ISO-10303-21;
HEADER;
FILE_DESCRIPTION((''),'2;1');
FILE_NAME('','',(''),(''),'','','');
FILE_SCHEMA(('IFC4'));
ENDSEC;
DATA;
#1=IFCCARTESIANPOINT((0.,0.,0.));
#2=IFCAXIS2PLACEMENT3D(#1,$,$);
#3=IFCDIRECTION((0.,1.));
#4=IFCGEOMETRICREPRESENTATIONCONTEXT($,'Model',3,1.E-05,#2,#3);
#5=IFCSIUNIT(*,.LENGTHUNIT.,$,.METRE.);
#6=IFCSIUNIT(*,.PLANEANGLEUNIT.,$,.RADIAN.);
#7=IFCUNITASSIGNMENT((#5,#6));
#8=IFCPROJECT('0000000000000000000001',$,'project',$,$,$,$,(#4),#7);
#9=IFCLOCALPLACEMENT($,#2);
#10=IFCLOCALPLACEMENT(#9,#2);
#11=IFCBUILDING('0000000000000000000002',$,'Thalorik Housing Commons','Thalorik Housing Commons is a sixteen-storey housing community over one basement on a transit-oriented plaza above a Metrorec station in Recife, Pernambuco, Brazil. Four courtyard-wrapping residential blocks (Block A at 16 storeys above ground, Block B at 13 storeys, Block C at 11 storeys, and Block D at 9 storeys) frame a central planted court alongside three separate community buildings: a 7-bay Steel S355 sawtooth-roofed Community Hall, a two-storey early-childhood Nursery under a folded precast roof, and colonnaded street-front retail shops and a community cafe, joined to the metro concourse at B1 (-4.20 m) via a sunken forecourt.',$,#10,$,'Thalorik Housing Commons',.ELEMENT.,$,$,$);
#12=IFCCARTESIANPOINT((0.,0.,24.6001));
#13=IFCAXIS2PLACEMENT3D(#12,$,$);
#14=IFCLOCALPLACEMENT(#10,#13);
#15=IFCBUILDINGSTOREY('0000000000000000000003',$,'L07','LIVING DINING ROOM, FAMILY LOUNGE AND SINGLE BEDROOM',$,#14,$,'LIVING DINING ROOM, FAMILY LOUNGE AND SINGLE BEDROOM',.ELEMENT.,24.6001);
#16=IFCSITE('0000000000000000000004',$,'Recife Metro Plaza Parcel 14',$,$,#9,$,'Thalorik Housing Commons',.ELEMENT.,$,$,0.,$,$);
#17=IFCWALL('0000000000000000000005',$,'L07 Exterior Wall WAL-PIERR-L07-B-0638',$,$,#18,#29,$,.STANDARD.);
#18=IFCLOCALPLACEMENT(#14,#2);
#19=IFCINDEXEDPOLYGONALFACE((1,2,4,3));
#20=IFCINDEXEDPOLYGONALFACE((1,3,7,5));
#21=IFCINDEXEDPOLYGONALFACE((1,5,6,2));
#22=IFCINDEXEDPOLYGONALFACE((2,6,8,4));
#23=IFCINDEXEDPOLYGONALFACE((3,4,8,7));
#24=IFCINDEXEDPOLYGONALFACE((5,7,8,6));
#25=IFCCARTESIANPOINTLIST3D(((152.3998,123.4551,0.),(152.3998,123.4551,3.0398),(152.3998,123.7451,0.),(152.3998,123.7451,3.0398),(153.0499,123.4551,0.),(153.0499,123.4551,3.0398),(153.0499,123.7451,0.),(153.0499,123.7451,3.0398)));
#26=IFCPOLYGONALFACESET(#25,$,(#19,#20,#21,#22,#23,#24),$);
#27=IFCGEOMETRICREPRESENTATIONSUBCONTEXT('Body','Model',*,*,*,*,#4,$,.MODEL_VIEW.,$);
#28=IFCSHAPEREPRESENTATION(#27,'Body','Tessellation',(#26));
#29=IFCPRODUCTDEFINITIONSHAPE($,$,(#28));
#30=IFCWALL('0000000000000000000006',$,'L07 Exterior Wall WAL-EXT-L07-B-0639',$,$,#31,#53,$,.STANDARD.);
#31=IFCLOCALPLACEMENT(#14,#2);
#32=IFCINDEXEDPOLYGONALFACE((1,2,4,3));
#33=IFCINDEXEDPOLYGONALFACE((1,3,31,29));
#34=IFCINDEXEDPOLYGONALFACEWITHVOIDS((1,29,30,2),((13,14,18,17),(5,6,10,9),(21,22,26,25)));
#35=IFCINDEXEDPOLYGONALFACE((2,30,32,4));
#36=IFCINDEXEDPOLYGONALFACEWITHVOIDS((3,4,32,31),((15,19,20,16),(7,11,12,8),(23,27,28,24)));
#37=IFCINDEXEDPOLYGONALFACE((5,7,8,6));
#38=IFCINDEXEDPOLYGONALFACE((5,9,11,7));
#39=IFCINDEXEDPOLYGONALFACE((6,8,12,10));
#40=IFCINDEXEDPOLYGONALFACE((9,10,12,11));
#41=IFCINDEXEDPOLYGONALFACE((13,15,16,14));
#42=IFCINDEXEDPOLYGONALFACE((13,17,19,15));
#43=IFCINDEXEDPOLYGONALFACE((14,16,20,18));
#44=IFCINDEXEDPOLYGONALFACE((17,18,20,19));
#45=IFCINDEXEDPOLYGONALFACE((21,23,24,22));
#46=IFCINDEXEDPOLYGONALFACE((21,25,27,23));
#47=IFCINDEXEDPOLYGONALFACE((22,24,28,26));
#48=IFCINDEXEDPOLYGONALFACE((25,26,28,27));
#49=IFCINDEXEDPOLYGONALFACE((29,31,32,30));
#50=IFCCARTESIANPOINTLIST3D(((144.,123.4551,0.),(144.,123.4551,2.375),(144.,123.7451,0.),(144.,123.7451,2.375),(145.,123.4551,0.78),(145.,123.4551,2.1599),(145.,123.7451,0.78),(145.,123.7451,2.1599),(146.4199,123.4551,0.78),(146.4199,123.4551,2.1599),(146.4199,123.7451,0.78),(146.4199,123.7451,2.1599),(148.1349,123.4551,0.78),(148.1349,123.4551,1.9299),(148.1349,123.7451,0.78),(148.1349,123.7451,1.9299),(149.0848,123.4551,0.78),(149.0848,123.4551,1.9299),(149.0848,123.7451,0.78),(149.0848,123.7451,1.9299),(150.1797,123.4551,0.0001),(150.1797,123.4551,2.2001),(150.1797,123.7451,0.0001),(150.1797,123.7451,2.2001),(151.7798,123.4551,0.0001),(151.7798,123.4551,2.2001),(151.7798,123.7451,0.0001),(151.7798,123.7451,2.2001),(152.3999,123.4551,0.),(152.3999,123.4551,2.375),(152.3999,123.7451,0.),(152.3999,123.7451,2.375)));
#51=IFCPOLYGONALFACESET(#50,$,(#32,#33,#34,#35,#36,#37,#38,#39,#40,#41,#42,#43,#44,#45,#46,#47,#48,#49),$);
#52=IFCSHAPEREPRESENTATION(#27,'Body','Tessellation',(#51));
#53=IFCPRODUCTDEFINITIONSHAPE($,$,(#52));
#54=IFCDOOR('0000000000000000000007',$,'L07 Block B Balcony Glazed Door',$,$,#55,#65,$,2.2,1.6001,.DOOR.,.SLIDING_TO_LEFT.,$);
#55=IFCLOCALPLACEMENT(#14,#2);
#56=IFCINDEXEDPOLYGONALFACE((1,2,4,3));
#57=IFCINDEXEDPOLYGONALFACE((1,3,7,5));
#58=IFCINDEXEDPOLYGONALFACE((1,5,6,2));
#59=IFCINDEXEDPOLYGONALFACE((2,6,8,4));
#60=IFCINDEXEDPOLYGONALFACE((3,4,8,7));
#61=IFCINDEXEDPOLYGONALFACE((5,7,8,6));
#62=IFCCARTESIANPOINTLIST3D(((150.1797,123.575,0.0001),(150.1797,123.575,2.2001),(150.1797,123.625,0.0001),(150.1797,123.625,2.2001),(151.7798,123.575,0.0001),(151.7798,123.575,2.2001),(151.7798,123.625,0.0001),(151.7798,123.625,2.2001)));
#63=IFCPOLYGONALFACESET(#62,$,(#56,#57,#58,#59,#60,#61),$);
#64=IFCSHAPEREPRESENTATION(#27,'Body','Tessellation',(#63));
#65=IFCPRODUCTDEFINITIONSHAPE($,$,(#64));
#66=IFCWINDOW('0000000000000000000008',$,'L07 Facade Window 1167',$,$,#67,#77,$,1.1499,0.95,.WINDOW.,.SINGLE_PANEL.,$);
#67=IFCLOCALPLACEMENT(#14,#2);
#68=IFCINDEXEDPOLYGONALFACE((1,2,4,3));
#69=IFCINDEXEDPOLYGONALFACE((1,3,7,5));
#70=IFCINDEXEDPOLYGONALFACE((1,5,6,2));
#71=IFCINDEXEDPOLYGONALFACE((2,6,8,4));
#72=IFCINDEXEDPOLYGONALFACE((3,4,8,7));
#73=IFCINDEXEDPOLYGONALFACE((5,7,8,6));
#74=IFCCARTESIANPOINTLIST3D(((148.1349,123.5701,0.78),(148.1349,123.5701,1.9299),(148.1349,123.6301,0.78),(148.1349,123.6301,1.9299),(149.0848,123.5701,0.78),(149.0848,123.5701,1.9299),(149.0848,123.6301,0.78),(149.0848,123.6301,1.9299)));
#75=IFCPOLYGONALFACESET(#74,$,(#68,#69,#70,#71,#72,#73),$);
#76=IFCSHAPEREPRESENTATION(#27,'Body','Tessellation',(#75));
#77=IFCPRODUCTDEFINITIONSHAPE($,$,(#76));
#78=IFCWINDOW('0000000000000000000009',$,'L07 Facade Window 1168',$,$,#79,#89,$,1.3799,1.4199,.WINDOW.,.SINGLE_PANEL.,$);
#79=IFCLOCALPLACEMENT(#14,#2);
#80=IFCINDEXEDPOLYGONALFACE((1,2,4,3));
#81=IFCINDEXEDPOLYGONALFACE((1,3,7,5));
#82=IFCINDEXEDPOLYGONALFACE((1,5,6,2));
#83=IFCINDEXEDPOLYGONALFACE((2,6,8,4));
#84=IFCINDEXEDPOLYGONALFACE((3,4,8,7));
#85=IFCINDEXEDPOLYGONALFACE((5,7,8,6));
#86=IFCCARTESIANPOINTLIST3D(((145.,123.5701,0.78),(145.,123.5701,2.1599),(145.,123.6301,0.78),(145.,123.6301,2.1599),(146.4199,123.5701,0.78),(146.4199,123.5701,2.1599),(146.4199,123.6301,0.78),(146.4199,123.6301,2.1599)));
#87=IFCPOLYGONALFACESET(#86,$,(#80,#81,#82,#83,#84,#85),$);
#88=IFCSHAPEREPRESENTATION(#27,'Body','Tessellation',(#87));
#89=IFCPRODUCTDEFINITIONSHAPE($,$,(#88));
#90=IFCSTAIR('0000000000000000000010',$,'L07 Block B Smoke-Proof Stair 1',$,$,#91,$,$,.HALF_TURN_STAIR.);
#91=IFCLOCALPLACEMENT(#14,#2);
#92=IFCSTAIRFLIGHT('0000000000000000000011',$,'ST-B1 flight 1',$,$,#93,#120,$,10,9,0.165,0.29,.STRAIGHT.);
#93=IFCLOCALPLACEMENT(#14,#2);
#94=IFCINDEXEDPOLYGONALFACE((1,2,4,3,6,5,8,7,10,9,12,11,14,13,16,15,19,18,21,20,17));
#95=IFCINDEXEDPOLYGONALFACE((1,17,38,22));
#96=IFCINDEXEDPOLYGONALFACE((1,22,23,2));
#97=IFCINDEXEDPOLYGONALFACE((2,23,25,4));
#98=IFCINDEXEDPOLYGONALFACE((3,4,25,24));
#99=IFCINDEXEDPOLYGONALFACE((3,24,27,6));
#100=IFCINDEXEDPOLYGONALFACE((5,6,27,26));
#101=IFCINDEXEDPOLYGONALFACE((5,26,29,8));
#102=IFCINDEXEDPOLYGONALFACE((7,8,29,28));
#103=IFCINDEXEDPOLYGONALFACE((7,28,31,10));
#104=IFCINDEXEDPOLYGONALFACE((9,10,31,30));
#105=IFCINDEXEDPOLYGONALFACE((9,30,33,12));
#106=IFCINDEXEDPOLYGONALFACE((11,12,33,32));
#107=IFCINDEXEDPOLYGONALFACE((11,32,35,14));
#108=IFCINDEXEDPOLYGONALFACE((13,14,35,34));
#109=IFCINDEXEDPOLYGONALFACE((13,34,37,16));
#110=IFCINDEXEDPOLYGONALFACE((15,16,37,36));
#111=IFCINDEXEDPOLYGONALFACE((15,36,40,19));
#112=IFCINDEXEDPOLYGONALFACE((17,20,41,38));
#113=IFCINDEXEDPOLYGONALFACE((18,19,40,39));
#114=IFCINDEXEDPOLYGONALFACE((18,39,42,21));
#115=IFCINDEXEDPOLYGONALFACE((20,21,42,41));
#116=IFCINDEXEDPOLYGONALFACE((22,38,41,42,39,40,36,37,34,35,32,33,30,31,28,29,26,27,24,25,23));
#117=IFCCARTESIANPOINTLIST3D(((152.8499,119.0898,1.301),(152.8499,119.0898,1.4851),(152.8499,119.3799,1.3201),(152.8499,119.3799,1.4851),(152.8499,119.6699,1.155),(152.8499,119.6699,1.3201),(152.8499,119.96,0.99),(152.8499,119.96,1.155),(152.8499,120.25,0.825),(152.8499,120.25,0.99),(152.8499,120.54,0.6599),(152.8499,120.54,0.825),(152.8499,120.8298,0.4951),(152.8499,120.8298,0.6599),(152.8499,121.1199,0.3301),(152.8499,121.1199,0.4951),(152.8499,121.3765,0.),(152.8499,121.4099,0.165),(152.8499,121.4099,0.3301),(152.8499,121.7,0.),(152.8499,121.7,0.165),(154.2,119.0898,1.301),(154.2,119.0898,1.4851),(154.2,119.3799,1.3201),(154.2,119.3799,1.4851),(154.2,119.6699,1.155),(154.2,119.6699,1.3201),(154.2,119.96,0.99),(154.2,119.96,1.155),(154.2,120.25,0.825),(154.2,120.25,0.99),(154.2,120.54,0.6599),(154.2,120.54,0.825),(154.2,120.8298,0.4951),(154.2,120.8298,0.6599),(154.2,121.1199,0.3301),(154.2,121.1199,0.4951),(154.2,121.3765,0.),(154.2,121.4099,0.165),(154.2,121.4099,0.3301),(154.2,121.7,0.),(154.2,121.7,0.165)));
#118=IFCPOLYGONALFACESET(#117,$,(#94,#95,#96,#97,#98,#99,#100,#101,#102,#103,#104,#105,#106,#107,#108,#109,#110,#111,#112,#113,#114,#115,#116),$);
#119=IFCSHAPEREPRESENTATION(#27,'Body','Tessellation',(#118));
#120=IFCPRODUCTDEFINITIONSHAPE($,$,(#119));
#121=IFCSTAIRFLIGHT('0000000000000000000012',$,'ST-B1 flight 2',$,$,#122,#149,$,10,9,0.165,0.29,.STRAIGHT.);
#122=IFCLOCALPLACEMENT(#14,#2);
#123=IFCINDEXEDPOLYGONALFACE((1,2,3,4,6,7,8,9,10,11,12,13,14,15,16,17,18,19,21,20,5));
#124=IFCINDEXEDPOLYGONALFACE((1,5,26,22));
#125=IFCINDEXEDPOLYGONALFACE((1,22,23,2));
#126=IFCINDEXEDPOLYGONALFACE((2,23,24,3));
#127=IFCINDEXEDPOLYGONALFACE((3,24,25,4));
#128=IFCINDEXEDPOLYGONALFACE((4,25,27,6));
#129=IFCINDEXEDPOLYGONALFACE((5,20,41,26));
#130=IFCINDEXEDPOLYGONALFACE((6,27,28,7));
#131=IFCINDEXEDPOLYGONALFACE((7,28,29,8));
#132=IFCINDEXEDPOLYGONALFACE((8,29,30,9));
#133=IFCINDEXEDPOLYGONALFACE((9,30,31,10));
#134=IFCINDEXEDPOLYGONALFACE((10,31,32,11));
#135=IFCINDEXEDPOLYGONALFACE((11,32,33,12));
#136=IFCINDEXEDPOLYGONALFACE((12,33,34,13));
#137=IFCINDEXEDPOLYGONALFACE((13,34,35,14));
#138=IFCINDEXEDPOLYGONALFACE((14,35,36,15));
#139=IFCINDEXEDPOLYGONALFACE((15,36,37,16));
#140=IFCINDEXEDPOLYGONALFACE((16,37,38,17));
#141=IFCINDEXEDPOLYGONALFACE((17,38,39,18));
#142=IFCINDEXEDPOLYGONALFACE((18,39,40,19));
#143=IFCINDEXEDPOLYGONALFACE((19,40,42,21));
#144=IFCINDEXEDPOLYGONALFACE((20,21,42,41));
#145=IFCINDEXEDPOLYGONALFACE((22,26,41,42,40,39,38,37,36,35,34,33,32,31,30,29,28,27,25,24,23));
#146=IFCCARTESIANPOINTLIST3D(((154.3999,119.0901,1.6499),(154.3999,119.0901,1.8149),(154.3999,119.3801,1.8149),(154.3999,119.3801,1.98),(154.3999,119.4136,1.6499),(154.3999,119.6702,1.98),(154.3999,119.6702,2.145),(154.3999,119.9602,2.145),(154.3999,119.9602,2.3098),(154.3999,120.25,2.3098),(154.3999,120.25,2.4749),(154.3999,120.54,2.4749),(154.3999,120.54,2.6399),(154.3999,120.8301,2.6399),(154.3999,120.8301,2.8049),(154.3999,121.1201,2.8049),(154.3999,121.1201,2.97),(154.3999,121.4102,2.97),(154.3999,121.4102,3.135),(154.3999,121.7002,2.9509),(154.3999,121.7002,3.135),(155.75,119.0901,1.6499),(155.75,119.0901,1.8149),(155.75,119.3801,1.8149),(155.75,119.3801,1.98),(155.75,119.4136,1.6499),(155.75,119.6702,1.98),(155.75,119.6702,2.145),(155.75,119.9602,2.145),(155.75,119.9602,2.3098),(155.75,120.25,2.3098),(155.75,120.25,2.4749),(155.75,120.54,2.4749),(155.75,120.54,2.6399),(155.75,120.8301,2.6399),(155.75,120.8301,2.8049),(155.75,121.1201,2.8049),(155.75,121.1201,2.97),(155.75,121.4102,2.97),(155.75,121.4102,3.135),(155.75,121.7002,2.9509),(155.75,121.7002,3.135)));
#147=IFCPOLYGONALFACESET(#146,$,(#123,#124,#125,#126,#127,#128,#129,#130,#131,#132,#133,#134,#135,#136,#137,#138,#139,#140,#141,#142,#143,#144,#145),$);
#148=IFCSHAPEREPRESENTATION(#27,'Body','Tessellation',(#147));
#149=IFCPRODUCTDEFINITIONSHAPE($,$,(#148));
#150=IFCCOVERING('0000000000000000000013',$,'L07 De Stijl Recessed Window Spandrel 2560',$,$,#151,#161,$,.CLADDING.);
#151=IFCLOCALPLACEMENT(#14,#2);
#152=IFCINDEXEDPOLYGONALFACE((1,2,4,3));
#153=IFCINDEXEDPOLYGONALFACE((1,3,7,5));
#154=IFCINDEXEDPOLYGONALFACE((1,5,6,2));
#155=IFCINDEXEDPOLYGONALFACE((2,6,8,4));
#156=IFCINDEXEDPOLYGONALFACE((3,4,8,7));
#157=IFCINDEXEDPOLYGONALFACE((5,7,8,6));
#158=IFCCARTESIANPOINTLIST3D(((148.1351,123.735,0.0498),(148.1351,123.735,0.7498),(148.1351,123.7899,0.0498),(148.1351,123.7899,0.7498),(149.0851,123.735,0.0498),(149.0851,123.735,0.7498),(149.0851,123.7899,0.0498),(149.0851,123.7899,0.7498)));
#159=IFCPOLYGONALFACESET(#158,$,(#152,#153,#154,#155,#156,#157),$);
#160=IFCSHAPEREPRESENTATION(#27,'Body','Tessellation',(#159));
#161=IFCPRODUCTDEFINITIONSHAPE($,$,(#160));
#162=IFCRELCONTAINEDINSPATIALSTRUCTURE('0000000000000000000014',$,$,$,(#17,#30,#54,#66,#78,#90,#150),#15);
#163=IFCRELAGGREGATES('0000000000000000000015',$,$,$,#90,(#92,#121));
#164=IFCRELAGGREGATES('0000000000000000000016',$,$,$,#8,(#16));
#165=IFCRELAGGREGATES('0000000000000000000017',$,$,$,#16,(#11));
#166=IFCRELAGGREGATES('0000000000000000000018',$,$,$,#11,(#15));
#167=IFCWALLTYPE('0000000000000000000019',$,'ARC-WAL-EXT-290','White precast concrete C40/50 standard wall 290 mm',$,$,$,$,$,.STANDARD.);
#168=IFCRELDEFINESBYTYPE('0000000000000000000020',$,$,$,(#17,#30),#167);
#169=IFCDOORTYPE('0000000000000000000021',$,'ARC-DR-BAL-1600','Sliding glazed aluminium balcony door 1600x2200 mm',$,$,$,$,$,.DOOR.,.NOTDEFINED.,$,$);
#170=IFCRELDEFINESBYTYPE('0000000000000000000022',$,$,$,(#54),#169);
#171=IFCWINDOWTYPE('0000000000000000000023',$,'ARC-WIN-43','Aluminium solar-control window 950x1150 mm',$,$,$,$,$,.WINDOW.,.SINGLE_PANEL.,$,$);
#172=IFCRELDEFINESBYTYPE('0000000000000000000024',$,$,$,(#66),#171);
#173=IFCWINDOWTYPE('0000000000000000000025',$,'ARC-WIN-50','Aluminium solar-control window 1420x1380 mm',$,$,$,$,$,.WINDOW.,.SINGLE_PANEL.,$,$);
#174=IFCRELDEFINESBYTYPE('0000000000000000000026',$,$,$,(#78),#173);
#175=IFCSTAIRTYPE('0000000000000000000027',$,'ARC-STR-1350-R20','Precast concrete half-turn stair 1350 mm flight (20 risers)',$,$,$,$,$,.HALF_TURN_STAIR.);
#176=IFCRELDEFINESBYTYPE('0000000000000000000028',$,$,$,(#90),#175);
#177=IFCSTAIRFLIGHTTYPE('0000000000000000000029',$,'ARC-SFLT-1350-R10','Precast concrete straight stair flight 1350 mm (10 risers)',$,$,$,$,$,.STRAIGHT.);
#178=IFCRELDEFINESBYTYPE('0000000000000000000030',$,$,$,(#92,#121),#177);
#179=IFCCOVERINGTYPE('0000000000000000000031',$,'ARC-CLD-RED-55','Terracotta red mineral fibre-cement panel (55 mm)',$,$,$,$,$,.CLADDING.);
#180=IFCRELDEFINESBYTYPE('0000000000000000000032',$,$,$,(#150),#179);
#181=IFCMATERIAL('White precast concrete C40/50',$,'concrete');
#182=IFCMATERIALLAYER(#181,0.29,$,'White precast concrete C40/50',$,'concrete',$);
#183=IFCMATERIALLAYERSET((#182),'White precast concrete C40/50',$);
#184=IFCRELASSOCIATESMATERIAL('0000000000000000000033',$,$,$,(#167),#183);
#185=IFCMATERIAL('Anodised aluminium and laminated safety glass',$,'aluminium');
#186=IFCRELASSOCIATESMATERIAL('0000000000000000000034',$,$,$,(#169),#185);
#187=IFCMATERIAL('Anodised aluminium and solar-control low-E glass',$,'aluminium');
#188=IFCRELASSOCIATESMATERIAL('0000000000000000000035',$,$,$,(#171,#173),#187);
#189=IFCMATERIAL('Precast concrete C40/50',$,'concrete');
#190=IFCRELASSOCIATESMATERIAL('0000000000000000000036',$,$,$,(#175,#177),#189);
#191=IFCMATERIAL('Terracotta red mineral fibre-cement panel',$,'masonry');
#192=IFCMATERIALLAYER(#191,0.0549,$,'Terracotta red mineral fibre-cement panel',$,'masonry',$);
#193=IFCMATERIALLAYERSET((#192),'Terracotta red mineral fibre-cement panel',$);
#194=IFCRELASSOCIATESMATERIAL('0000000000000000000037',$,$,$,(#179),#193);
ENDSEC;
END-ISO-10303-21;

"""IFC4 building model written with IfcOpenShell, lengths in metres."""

from ifc_helpers import new_model, si_unit, direction, frame, frame_2d, origin, origin_2d, place, context, subcontext, project, spatial, polyline, rectangle, outline, extrude, material, layer, layer_set, type_object, element, fill, aggregate, save


model = new_model("IFC4")

# Units and contexts
model_context = context("Model", 3, precision=1e-05, world=origin(), true_north=direction((0.0, 1.0)))
body_context = subcontext(model_context, "Body", "Model", "MODEL_VIEW")
ifc_project = project(units=[si_unit("LENGTHUNIT", "METRE"), si_unit("PLANEANGLEUNIT", "RADIAN")], contexts=[model_context])

# Site, building, storey
site_placement = place(None, origin())
site = spatial("IfcSite", under=ifc_project, at=site_placement, Name="Recife Metro Plaza Parcel 14", LongName="Thalorik Housing Commons", CompositionType="ELEMENT", RefElevation=0.0)
building_placement = place(site_placement, origin())
building = spatial("IfcBuilding", under=site, at=building_placement, Name="Thalorik Housing Commons", Description="Thalorik Housing Commons is a sixteen-storey housing community over one basement on a transit-oriented plaza above a Metrorec station in Recife, Pernambuco, Brazil. Four courtyard-wrapping residential blocks (Block A at 16 storeys above ground, Block B at 13 storeys, Block C at 11 storeys, and Block D at 9 storeys) frame a central planted court alongside three separate community buildings: a 7-bay Steel S355 sawtooth-roofed Community Hall, a two-storey early-childhood Nursery under a folded precast roof, and colonnaded street-front retail shops and a community cafe, joined to the metro concourse at B1 (-4.20 m) via a sunken forecourt.", LongName="Thalorik Housing Commons", CompositionType="ELEMENT")
storey_placement = place(building_placement, frame((0.0, 0.0, 24.6001)))
storey = spatial("IfcBuildingStorey", under=building, at=storey_placement, Name="L07", Description="LIVING DINING ROOM, FAMILY LOUNGE AND SINGLE BEDROOM", LongName="LIVING DINING ROOM, FAMILY LOUNGE AND SINGLE BEDROOM", CompositionType="ELEMENT", Elevation=24.6001)

# Shared definitions
ifc_material_1 = material(Name="Precast concrete C40/50", Category="concrete")

# Shared definitions
ifc_material_2 = material(Name="Anodised aluminium and solar-control low-E glass", Category="aluminium")

# Wall
ifc_material_3 = material(Name="White precast concrete C40/50", Category="concrete")
ifc_layer_1 = layer(ifc_material_3, 0.29, Name="White precast concrete C40/50", Category="concrete")
ifc_layer_set_1 = layer_set([ifc_layer_1], Name="White precast concrete C40/50")
wall_type_1 = type_object("IfcWallType", Name="ARC-WAL-EXT-290", Description="White precast concrete C40/50 standard wall 290 mm", PredefinedType="STANDARD", material=ifc_layer_set_1)
wall_1_placement = place(storey_placement, frame((153.05, 123.6001, 0.0), z_axis=(0.0, 0.0, 1.0), x_axis=(-1.0, 0.0, 0.0)))
element("IfcWall", 1, at=wall_1_placement, inside=storey, type_object=wall_type_1, Name="L07 Exterior Wall WAL-PIERR-L07-B-0638", PredefinedType="STANDARD", context=body_context, shape_type="SweptSolid", body=[
    extrude(rectangle(XDim=0.6501, YDim=0.29, at=frame_2d((0.3252, 0.0))), origin(), (0.0, 0.0, 1.0), 3.0398),
])

# Wall, openings, door, windows
wall_2_placement = place(storey_placement, frame((152.3999, 123.6001, 0.0), z_axis=(0.0, 0.0, 1.0), x_axis=(-1.0, 0.0, 0.0)))
wall_2 = element("IfcWall", 2, at=wall_2_placement, inside=storey, type_object=wall_type_1, Name="L07 Exterior Wall WAL-EXT-L07-B-0639", PredefinedType="STANDARD", context=body_context, shape_type="SweptSolid", body=[
    extrude(rectangle(XDim=8.3999, YDim=0.29, at=frame_2d((4.2, 0.0))), origin(), (0.0, 0.0, 1.0), 2.375),
])
opening_1_placement = place(wall_2_placement, frame((0.6201, 0.0, 0.0)))
opening_1 = element("IfcOpeningElement", 3, at=opening_1_placement, cuts=wall_2, PredefinedType="OPENING", context=body_context, shape_type="SweptSolid", body=[
    extrude(rectangle(XDim=1.6001, YDim=2.2, at=frame_2d((0.8, 1.1001))), frame((0.0, 0.155, 0.0), z_axis=(0.0, -1.0, 0.0), x_axis=(1.0, 0.0, 0.0)), (0.0, 0.0, 1.0), 0.3101),
])
opening_2_placement = place(wall_2_placement, frame((3.3149, 0.0, 0.78)))
opening_2 = element("IfcOpeningElement", 4, at=opening_2_placement, cuts=wall_2, PredefinedType="OPENING", context=body_context, shape_type="SweptSolid", body=[
    extrude(rectangle(XDim=0.95, YDim=1.1499, at=frame_2d((0.4751, 0.575))), frame((0.0, 0.155, 0.0), z_axis=(0.0, -1.0, 0.0), x_axis=(1.0, 0.0, 0.0)), (0.0, 0.0, 1.0), 0.3101),
])
opening_3_placement = place(wall_2_placement, frame((5.98, 0.0, 0.78)))
opening_3 = element("IfcOpeningElement", 5, at=opening_3_placement, cuts=wall_2, PredefinedType="OPENING", context=body_context, shape_type="SweptSolid", body=[
    extrude(rectangle(XDim=1.4199, YDim=1.3799, at=frame_2d((0.71, 0.6899))), frame((0.0, 0.155, 0.0), z_axis=(0.0, -1.0, 0.0), x_axis=(1.0, 0.0, 0.0)), (0.0, 0.0, 1.0), 0.3101),
])
ifc_material_4 = material(Name="Anodised aluminium and laminated safety glass", Category="aluminium")
door_type_1 = type_object("IfcDoorType", Name="ARC-DR-BAL-1600", Description="Sliding glazed aluminium balcony door 1600x2200 mm", OperationType="NOTDEFINED", PredefinedType="DOOR", material=ifc_material_4)
door_1_placement = place(opening_1_placement, frame((1.6001, 0.0, 0.0), z_axis=(0.0, 0.0, 1.0), x_axis=(-1.0, 0.0, 0.0)))
door_1 = element("IfcDoor", 6, at=door_1_placement, inside=storey, type_object=door_type_1, Name="L07 Block B Balcony Glazed Door", OperationType="SLIDING_TO_LEFT", OverallHeight=2.2, OverallWidth=1.6001, PredefinedType="DOOR", context=body_context, shape_type="SweptSolid", body=[
    extrude(rectangle(XDim=1.6001, YDim=2.2, at=frame_2d((0.8, 1.1001))), frame((0.0, 0.0249, 0.0), z_axis=(0.0, -1.0, 0.0), x_axis=(1.0, 0.0, 0.0)), (0.0, 0.0, 1.0), 0.05),
])
fill(opening_1, door_1)
window_type_1 = type_object("IfcWindowType", Name="ARC-WIN-43", Description="Aluminium solar-control window 950x1150 mm", PartitioningType="SINGLE_PANEL", PredefinedType="WINDOW", material=ifc_material_2)
window_1_placement = place(opening_2_placement, origin())
window_1 = element("IfcWindow", 7, at=window_1_placement, inside=storey, type_object=window_type_1, Name="L07 Facade Window 1167", OverallHeight=1.1499, OverallWidth=0.95, PartitioningType="SINGLE_PANEL", PredefinedType="WINDOW", context=body_context, shape_type="SweptSolid", body=[
    extrude(rectangle(XDim=0.95, YDim=1.1499, at=frame_2d((0.4751, 0.575))), frame((0.0, 0.03, 0.0), z_axis=(0.0, -1.0, 0.0), x_axis=(1.0, 0.0, 0.0)), (0.0, 0.0, 1.0), 0.0601),
])
fill(opening_2, window_1)
window_type_2 = type_object("IfcWindowType", Name="ARC-WIN-50", Description="Aluminium solar-control window 1420x1380 mm", PartitioningType="SINGLE_PANEL", PredefinedType="WINDOW", material=ifc_material_2)
window_2_placement = place(opening_3_placement, origin())
window_2 = element("IfcWindow", 8, at=window_2_placement, inside=storey, type_object=window_type_2, Name="L07 Facade Window 1168", OverallHeight=1.3799, OverallWidth=1.4199, PartitioningType="SINGLE_PANEL", PredefinedType="WINDOW", context=body_context, shape_type="SweptSolid", body=[
    extrude(rectangle(XDim=1.4199, YDim=1.3799, at=frame_2d((0.71, 0.6899))), frame((0.0, 0.03, 0.0), z_axis=(0.0, -1.0, 0.0), x_axis=(1.0, 0.0, 0.0)), (0.0, 0.0, 1.0), 0.0601),
])
fill(opening_3, window_2)

# Stair, stair flights
stair_type = type_object("IfcStairType", Name="ARC-STR-1350-R20", Description="Precast concrete half-turn stair 1350 mm flight (20 risers)", PredefinedType="HALF_TURN_STAIR", material=ifc_material_1)
stair_placement = place(storey_placement, origin())
stair = element("IfcStair", 9, at=stair_placement, inside=storey, type_object=stair_type, Name="L07 Block B Smoke-Proof Stair 1", PredefinedType="HALF_TURN_STAIR")
stair_flight_type = type_object("IfcStairFlightType", Name="ARC-SFLT-1350-R10", Description="Precast concrete straight stair flight 1350 mm (10 risers)", PredefinedType="STRAIGHT", material=ifc_material_1)
stair_flight_1_placement = place(storey_placement, frame((153.5249, 121.7, 0.0), z_axis=(0.0, 0.0, 1.0), x_axis=(0.0, -1.0, 0.0)))
stair_flight_1 = element("IfcStairFlight", 10, at=stair_flight_1_placement, type_object=stair_flight_type, Name="ST-B1 flight 1", NumberOfRisers=10, NumberOfTreads=9, PredefinedType="STRAIGHT", RiserHeight=0.165, TreadLength=0.29, context=body_context, shape_type="SweptSolid", body=[
    extrude(outline(polyline([(0.0, 0.0), (0.0, 0.165), (0.29, 0.165), (0.29, 0.3301), (0.5801, 0.3301), (0.5801, 0.4951), (0.8701, 0.4951), (0.8701, 0.6599), (1.1599, 0.6599), (1.1599, 0.825), (1.45, 0.825), (1.45, 0.99), (1.74, 0.99), (1.74, 1.155), (2.03, 1.155), (2.03, 1.3201), (2.3201, 1.3201), (2.3201, 1.4851), (2.6101, 1.4851), (2.6101, 1.6499), (2.6101, 1.301), (0.3235, 0.0), (0.0, 0.0)])), frame((0.0, 0.675, 0.0), z_axis=(0.0, -1.0, 0.0), x_axis=(1.0, 0.0, 0.0)), (0.0, 0.0, 1.0), 1.3501),
])
stair_flight_2_placement = place(storey_placement, frame((155.075, 119.0901, 1.6499), z_axis=(0.0, 0.0, 1.0), x_axis=(0.0, 1.0, 0.0)))
stair_flight_2 = element("IfcStairFlight", 11, at=stair_flight_2_placement, type_object=stair_flight_type, Name="ST-B1 flight 2", NumberOfRisers=10, NumberOfTreads=9, PredefinedType="STRAIGHT", RiserHeight=0.165, TreadLength=0.29, context=body_context, shape_type="SweptSolid", body=[
    extrude(outline(polyline([(0.0, 0.0), (0.0, 0.165), (0.29, 0.165), (0.29, 0.3301), (0.5801, 0.3301), (0.5801, 0.4951), (0.8701, 0.4951), (0.8701, 0.6599), (1.1599, 0.6599), (1.1599, 0.825), (1.45, 0.825), (1.45, 0.99), (1.74, 0.99), (1.74, 1.155), (2.03, 1.155), (2.03, 1.3201), (2.3201, 1.3201), (2.3201, 1.4851), (2.6101, 1.4851), (2.6101, 1.6499), (2.6101, 1.301), (0.3235, 0.0), (0.0, 0.0)])), frame((0.0, 0.675, 0.0), z_axis=(0.0, -1.0, 0.0), x_axis=(1.0, 0.0, 0.0)), (0.0, 0.0, 1.0), 1.3501),
])
aggregate(stair, [stair_flight_1, stair_flight_2])

# Covering
ifc_material_5 = material(Name="Terracotta red mineral fibre-cement panel", Category="masonry")
ifc_layer_2 = layer(ifc_material_5, 0.0549, Name="Terracotta red mineral fibre-cement panel", Category="masonry")
ifc_layer_set_2 = layer_set([ifc_layer_2], Name="Terracotta red mineral fibre-cement panel")
covering_type_1 = type_object("IfcCoveringType", Name="ARC-CLD-RED-55", Description="Terracotta red mineral fibre-cement panel (55 mm)", PredefinedType="CLADDING", material=ifc_layer_set_2)
covering_1_placement = place(storey_placement, frame((148.6101, 123.7625, 0.0498), z_axis=(0.0, 0.0, 1.0), x_axis=(-1.0, 0.0, 0.0)))
element("IfcCovering", 12, at=covering_1_placement, inside=storey, type_object=covering_type_1, Name="L07 De Stijl Recessed Window Spandrel 2560", PredefinedType="CLADDING", context=body_context, shape_type="SweptSolid", body=[
    extrude(rectangle(XDim=0.95, YDim=0.0549, at=origin_2d()), origin(), (0.0, 0.0, 1.0), 0.7),
])

save(model, "model.ifc")
